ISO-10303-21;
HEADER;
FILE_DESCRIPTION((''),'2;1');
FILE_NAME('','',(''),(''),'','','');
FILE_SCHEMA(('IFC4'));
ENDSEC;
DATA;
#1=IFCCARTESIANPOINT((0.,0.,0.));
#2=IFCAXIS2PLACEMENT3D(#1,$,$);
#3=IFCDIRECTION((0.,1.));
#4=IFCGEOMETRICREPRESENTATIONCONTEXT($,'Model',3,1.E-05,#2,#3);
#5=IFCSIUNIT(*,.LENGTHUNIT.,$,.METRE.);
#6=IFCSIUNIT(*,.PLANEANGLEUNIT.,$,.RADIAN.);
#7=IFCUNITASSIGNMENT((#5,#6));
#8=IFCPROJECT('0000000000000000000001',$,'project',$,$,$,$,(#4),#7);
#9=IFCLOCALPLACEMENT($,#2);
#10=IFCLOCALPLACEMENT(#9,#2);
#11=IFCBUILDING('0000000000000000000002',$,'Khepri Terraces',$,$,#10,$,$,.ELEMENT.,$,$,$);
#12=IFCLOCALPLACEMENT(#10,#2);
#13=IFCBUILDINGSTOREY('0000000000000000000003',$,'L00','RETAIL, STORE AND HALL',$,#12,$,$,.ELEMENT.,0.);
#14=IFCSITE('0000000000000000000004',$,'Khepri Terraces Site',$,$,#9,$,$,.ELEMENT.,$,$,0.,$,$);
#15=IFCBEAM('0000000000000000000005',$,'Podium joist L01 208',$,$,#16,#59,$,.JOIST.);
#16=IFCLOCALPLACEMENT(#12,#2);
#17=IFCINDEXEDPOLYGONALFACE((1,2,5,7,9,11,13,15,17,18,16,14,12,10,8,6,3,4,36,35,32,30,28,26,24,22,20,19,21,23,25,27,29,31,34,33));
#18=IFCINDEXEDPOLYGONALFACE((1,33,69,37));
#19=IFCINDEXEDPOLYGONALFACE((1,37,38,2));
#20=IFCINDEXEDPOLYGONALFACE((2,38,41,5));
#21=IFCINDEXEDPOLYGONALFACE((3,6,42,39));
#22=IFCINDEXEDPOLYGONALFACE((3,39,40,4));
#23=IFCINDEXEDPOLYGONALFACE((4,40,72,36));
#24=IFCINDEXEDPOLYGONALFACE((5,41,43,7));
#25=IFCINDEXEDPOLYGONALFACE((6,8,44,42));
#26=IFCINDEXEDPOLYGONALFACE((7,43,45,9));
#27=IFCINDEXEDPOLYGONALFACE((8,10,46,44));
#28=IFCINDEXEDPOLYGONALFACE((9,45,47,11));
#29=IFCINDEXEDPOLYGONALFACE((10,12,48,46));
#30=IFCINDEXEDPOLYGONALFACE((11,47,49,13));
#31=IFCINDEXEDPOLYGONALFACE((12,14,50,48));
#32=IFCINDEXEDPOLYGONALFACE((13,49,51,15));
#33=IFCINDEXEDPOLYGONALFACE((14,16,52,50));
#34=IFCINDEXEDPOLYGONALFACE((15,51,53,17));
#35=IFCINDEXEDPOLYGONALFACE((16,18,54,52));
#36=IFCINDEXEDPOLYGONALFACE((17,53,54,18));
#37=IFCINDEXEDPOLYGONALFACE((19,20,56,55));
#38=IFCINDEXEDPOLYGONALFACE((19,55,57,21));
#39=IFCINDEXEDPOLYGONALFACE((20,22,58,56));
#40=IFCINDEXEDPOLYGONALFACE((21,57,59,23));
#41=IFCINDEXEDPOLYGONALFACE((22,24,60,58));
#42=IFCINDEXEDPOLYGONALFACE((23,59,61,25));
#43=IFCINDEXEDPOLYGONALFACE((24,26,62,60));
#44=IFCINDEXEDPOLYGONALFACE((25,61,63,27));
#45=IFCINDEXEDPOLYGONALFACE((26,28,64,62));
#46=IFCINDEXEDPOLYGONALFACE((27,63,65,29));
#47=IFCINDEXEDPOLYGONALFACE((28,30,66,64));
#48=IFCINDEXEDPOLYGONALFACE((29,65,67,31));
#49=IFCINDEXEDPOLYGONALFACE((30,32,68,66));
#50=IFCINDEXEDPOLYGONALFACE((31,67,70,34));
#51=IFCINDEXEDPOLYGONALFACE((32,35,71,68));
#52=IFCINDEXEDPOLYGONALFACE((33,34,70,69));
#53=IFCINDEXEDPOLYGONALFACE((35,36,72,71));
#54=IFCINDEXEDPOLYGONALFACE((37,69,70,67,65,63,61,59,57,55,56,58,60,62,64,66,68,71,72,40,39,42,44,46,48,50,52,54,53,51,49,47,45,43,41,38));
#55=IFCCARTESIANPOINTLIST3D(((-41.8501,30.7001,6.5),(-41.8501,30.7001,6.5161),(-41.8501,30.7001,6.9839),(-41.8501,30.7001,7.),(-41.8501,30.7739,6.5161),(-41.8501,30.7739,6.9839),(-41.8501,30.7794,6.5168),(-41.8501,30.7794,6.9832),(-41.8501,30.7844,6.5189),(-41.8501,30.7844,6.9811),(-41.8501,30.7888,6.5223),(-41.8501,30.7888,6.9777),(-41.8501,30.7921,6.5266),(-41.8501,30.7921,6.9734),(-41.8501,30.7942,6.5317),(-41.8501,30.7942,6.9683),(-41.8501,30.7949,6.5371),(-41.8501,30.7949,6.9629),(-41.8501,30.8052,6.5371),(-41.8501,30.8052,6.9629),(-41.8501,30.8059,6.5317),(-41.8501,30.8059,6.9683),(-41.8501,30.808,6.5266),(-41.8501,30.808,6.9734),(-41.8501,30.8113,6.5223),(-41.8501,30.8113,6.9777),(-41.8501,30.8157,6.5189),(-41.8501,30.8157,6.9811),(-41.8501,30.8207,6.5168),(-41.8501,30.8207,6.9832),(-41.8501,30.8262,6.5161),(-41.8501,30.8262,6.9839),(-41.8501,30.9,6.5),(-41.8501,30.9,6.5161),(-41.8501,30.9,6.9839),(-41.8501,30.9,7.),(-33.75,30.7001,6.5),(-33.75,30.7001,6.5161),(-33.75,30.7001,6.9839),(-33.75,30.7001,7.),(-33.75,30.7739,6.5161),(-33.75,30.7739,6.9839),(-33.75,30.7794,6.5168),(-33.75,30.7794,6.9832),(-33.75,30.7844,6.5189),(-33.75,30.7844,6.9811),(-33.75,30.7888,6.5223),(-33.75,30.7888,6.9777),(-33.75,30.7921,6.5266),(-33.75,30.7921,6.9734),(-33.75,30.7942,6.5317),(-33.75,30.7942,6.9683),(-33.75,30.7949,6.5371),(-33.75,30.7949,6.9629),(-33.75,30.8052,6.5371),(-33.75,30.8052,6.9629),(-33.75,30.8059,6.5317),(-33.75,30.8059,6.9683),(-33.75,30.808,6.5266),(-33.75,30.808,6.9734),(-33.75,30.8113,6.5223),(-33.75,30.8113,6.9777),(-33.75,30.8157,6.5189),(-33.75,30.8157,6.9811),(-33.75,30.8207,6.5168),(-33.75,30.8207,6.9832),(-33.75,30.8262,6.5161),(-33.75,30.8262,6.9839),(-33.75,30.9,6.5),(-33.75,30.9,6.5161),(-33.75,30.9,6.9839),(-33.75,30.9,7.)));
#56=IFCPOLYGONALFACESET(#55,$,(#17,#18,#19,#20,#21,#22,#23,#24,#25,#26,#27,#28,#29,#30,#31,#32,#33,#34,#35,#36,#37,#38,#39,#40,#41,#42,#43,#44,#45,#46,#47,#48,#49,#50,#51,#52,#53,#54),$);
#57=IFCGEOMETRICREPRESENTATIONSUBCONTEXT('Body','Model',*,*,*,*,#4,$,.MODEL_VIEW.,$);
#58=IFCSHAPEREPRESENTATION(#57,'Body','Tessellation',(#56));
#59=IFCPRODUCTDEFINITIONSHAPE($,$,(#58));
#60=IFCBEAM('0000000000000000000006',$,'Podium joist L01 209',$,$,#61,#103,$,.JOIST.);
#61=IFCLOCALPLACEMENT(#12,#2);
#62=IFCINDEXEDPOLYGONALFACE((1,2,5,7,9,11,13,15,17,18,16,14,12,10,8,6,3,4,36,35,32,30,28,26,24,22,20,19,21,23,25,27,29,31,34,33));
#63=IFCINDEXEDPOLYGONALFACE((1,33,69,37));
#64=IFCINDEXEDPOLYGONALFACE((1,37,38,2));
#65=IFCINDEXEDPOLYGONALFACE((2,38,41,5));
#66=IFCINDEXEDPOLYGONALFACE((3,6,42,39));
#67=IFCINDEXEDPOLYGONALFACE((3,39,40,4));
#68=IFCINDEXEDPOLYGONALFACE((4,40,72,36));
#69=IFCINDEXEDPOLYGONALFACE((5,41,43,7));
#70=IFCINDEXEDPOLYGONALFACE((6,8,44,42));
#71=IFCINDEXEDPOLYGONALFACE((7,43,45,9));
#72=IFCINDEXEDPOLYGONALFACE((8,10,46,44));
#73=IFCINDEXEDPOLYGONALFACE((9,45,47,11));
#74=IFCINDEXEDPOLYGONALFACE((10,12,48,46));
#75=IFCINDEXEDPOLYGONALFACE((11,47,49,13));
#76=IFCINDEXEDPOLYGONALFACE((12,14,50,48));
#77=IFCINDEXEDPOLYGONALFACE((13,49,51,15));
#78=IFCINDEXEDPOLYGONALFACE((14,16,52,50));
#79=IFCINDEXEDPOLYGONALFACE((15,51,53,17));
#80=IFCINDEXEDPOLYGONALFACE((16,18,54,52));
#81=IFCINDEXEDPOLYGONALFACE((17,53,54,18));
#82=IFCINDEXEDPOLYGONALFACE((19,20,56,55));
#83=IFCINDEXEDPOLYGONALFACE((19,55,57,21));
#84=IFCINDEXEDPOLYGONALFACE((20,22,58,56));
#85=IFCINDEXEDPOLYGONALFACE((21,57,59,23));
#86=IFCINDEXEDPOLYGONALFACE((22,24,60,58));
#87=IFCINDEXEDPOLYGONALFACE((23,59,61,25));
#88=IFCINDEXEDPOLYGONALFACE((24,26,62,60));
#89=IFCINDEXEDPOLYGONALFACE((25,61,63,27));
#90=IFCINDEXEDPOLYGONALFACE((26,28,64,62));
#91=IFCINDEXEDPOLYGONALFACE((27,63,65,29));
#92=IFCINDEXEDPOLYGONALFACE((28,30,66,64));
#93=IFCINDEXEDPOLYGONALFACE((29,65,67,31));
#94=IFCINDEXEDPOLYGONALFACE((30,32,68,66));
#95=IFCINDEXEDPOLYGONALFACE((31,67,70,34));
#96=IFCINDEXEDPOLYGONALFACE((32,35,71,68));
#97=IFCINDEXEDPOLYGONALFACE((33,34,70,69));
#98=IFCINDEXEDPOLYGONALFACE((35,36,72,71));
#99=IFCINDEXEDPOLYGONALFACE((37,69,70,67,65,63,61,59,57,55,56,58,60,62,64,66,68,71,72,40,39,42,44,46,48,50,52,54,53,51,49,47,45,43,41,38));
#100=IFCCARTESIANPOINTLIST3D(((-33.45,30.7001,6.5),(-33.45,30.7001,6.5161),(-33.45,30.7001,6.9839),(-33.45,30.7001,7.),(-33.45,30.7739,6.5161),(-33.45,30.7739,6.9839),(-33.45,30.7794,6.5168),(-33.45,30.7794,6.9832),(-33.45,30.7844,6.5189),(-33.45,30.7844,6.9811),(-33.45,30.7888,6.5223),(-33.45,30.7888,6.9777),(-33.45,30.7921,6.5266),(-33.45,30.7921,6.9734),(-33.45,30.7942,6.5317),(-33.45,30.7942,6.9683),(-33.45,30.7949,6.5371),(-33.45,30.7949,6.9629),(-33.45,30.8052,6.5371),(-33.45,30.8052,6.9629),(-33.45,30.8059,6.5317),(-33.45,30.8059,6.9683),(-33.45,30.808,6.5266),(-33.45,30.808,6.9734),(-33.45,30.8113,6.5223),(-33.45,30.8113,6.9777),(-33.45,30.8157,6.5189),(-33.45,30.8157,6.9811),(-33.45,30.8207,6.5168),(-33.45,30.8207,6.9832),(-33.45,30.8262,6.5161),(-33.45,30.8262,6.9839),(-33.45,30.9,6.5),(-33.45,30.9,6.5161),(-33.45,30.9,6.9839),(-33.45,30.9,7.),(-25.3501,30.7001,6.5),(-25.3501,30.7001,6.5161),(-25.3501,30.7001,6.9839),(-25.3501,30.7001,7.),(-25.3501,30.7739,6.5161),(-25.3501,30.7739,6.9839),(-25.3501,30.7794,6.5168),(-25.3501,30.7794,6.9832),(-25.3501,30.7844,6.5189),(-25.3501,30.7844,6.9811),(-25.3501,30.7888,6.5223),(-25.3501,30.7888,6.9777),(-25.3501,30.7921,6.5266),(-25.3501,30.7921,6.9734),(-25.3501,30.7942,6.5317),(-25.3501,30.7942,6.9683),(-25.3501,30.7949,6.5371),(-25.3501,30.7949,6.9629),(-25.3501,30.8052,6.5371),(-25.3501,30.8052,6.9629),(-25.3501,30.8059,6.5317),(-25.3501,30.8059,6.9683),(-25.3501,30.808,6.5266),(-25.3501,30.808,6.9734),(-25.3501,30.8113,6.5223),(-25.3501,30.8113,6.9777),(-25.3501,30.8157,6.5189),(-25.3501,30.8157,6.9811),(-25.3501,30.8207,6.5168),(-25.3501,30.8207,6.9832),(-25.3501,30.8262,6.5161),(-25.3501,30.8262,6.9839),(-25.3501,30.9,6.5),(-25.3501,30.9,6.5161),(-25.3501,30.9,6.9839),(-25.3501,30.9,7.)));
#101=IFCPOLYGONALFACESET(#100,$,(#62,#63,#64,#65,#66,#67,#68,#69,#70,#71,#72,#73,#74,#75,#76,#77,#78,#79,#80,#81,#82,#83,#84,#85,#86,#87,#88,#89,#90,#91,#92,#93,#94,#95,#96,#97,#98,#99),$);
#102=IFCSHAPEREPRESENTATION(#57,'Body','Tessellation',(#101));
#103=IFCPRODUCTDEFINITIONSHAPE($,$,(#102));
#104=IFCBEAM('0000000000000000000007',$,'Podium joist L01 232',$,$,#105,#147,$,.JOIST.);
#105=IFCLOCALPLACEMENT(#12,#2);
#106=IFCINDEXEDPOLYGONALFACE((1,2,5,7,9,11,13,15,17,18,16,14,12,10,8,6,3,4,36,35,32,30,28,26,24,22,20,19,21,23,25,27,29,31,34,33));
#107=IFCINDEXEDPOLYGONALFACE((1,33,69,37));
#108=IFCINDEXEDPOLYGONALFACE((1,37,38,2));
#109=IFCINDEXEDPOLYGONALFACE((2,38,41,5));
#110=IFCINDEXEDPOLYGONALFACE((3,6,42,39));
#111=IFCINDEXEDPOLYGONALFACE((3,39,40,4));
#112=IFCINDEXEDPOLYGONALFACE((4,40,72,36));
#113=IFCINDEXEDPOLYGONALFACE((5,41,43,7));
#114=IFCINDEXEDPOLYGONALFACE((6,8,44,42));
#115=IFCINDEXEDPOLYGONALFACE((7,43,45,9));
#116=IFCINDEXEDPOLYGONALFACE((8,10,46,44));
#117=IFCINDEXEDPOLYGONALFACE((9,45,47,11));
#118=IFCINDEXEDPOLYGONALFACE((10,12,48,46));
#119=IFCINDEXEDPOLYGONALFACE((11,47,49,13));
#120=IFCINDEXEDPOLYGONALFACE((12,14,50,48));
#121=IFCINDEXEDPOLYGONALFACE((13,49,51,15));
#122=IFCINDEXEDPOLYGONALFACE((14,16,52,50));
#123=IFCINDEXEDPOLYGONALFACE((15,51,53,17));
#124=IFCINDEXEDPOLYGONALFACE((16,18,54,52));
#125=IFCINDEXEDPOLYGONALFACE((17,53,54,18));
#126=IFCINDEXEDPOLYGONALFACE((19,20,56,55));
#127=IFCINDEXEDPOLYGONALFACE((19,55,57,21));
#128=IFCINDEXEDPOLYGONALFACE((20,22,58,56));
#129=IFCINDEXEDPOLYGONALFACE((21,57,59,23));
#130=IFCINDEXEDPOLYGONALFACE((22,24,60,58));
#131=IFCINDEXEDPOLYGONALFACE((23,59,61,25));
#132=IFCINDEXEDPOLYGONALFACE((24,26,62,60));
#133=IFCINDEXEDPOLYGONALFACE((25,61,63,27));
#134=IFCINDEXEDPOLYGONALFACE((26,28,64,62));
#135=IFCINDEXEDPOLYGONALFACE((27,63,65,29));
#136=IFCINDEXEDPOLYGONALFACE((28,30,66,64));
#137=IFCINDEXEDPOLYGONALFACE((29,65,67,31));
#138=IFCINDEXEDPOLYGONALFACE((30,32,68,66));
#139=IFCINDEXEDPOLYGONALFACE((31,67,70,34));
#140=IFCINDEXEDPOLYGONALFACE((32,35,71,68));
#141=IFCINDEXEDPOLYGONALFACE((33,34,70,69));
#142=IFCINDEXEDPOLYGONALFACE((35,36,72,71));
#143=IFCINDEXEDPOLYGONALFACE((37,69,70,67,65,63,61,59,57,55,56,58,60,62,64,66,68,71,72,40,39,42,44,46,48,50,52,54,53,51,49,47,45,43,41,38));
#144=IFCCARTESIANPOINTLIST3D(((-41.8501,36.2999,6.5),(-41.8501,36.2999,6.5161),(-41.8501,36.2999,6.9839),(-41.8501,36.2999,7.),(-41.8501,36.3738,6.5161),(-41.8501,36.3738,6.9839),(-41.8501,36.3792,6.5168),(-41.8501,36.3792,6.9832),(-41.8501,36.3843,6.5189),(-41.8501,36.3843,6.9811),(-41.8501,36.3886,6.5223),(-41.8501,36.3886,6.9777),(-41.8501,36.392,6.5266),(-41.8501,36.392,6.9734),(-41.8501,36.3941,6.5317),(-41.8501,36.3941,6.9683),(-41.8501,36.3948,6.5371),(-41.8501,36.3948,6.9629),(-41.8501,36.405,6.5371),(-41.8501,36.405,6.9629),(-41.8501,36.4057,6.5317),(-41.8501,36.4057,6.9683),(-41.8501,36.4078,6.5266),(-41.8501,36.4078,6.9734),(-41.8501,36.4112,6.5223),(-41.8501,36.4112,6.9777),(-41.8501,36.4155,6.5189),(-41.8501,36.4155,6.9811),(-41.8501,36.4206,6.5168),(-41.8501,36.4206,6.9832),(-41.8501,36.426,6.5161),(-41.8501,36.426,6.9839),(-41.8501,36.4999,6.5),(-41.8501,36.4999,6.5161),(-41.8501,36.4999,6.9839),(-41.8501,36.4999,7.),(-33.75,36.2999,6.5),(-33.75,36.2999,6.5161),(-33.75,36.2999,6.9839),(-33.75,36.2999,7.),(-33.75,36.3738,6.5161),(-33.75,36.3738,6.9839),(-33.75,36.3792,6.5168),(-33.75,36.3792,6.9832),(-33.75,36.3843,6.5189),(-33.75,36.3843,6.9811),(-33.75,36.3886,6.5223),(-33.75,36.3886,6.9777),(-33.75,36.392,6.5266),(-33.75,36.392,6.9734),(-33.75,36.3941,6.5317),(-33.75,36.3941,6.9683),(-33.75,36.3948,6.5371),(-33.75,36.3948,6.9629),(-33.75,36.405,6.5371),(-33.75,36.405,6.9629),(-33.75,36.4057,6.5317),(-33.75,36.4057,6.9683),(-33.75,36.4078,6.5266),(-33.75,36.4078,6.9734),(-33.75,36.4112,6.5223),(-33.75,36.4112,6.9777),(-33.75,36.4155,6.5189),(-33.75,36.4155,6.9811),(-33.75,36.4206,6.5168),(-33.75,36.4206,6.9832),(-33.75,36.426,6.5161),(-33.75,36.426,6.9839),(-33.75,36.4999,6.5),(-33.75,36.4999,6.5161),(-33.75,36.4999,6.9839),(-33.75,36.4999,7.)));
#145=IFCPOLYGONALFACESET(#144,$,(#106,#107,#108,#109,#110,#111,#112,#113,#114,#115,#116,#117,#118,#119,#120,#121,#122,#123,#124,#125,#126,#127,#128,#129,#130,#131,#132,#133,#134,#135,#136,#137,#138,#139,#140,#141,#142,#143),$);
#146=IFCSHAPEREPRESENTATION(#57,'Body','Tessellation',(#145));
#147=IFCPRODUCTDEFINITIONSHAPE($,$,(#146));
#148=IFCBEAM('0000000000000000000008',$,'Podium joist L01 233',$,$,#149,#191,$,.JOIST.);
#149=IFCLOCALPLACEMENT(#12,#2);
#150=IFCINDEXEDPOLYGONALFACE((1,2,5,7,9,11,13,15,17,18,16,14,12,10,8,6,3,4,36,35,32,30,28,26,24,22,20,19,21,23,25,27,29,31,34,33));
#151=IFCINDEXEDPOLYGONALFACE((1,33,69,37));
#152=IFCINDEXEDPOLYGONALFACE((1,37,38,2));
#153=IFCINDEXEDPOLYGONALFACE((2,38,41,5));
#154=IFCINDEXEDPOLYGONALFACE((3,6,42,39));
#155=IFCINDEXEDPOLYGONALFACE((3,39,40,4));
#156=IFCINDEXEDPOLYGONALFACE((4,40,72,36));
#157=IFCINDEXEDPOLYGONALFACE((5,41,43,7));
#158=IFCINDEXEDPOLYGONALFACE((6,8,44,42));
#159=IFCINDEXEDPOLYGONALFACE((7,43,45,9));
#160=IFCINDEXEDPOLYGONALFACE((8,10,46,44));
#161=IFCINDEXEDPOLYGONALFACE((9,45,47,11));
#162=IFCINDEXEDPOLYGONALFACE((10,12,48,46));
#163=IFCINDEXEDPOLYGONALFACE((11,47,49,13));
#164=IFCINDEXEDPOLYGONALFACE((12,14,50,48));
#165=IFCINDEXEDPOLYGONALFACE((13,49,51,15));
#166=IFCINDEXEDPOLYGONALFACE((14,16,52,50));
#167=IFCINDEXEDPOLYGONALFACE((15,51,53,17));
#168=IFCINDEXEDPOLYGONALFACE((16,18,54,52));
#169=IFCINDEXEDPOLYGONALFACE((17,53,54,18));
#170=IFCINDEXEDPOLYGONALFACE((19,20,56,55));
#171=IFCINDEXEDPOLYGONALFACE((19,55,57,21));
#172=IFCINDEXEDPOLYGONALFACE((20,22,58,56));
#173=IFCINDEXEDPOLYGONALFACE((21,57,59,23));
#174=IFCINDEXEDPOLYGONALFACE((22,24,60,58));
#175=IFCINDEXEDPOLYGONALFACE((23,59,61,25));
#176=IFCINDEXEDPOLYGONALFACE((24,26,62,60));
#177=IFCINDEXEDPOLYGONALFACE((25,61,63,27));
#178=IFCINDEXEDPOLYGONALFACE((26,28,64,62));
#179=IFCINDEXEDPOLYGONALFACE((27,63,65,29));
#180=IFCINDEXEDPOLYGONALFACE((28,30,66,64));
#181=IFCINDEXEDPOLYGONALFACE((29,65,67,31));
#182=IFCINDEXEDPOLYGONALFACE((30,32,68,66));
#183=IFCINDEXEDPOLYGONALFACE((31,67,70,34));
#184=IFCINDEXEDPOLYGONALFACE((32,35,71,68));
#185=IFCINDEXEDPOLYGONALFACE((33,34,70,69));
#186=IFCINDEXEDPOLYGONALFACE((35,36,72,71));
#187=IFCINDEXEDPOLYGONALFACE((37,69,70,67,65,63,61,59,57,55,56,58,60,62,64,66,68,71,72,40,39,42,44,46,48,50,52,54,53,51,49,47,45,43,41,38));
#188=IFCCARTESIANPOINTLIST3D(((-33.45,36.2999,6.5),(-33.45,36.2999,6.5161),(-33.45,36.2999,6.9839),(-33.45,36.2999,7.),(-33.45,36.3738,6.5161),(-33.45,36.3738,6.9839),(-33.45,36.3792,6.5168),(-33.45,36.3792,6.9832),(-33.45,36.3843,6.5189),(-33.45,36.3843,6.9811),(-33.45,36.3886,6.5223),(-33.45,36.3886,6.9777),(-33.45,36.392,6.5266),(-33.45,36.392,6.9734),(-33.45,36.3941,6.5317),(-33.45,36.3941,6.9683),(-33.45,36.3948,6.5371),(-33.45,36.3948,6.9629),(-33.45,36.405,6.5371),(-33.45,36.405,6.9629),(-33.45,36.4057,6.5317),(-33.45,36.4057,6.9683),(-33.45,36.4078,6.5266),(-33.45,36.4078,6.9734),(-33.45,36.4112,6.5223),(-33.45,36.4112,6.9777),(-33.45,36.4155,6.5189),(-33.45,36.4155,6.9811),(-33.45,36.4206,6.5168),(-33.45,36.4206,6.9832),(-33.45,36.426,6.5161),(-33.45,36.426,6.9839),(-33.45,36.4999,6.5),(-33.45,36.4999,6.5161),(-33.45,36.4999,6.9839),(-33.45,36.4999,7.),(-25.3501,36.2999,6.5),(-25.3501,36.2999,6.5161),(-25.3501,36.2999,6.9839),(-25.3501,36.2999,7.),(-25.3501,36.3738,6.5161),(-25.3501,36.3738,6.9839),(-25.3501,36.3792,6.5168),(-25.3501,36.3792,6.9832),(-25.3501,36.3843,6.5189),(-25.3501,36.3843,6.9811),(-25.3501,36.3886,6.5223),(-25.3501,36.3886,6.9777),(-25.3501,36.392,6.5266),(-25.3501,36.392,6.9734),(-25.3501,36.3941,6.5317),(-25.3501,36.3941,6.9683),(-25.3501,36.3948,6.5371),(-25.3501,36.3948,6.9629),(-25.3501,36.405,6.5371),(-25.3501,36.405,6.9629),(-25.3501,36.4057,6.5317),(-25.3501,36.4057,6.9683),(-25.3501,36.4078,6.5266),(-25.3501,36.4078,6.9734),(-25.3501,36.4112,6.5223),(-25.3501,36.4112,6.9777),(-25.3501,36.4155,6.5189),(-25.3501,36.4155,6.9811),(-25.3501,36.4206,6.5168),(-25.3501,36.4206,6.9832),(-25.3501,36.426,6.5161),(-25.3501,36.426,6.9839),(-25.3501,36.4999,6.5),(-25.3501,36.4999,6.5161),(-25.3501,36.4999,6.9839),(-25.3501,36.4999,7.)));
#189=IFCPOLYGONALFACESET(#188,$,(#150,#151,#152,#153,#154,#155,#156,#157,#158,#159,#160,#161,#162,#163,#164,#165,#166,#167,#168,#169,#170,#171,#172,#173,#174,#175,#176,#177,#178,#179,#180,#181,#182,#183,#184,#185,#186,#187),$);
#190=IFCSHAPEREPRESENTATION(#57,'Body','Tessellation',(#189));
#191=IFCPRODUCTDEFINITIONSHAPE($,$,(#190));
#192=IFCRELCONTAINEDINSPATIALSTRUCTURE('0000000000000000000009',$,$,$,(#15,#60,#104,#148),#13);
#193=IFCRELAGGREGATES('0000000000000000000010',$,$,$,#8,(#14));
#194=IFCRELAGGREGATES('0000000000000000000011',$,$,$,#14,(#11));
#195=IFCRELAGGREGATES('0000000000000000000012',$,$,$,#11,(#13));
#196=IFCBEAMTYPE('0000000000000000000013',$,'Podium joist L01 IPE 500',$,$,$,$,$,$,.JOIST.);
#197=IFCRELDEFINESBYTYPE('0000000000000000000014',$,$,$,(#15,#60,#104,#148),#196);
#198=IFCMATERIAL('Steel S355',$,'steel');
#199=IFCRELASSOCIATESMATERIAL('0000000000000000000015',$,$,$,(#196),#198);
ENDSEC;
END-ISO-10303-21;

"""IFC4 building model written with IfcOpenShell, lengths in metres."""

from ifc_helpers import new_model, si_unit, direction, frame, origin, origin_2d, place, context, subcontext, project, spatial, i_section, extrude, material, material_profile, profile_set, type_object, element, save


model = new_model("IFC4")

# Units and contexts
model_context = context("Model", 3, precision=1e-05, world=origin(), true_north=direction((0.0, 1.0)))
body_context = subcontext(model_context, "Body", "Model", "MODEL_VIEW")
ifc_project = project(units=[si_unit("LENGTHUNIT", "METRE"), si_unit("PLANEANGLEUNIT", "RADIAN")], contexts=[model_context])

# Site, building, storey
site_placement = place(None, origin())
site = spatial("IfcSite", under=ifc_project, at=site_placement, Name="Khepri Terraces Site", CompositionType="ELEMENT", RefElevation=0.0)
building_placement = place(site_placement, origin())
building = spatial("IfcBuilding", under=site, at=building_placement, Name="Khepri Terraces", CompositionType="ELEMENT")
storey_placement = place(building_placement, origin())
storey = spatial("IfcBuildingStorey", under=building, at=storey_placement, Name="L00", Description="RETAIL, STORE AND HALL", CompositionType="ELEMENT", Elevation=0.0)

# Beams
ifc_material_1 = material(Name="Steel S355", Category="steel")
ifc_material_profile_1 = material_profile(ifc_material_1, i_section(OverallWidth=0.2, OverallDepth=0.5, WebThickness=0.0103, FlangeThickness=0.0161, FilletRadius=0.021, at=origin_2d()), Name="Steel S355", Category="steel")
ifc_profile_set_1 = profile_set([ifc_material_profile_1], Name="Steel S355")
beam_type_1 = type_object("IfcBeamType", Name="Podium joist L01 IPE 500", PredefinedType="JOIST", material=ifc_profile_set_1)
beam_1_placement = place(storey_placement, frame((-41.8501, 30.8, 6.75), z_axis=(1.0, 0.0, 0.0), x_axis=(0.0, 1.0, 0.0)))
element("IfcBeam", 1, at=beam_1_placement, inside=storey, type_object=beam_type_1, Name="Podium joist L01 208", PredefinedType="JOIST", context=body_context, shape_type="SweptSolid", body=[
    extrude(i_section(OverallWidth=0.2, OverallDepth=0.5, WebThickness=0.0103, FlangeThickness=0.0161, FilletRadius=0.021, at=origin_2d()), origin(), (0.0, 0.0, 1.0), 8.1001),
])
beam_2_placement = place(storey_placement, frame((-33.45, 30.8, 6.75), z_axis=(1.0, 0.0, 0.0), x_axis=(0.0, 1.0, 0.0)))
element("IfcBeam", 2, at=beam_2_placement, inside=storey, type_object=beam_type_1, Name="Podium joist L01 209", PredefinedType="JOIST", context=body_context, shape_type="SweptSolid", body=[
    extrude(i_section(OverallWidth=0.2, OverallDepth=0.5, WebThickness=0.0103, FlangeThickness=0.0161, FilletRadius=0.021, at=origin_2d()), origin(), (0.0, 0.0, 1.0), 8.0999),
])
beam_3_placement = place(storey_placement, frame((-41.8501, 36.3999, 6.75), z_axis=(1.0, 0.0, 0.0), x_axis=(0.0, 1.0, 0.0)))
element("IfcBeam", 3, at=beam_3_placement, inside=storey, type_object=beam_type_1, Name="Podium joist L01 232", PredefinedType="JOIST", context=body_context, shape_type="SweptSolid", body=[
    extrude(i_section(OverallWidth=0.2, OverallDepth=0.5, WebThickness=0.0103, FlangeThickness=0.0161, FilletRadius=0.021, at=origin_2d()), origin(), (0.0, 0.0, 1.0), 8.1001),
])
beam_4_placement = place(storey_placement, frame((-33.45, 36.3999, 6.75), z_axis=(1.0, 0.0, 0.0), x_axis=(0.0, 1.0, 0.0)))
element("IfcBeam", 4, at=beam_4_placement, inside=storey, type_object=beam_type_1, Name="Podium joist L01 233", PredefinedType="JOIST", context=body_context, shape_type="SweptSolid", body=[
    extrude(i_section(OverallWidth=0.2, OverallDepth=0.5, WebThickness=0.0103, FlangeThickness=0.0161, FilletRadius=0.021, at=origin_2d()), origin(), (0.0, 0.0, 1.0), 8.0999),
])

save(model, "model.ifc")
